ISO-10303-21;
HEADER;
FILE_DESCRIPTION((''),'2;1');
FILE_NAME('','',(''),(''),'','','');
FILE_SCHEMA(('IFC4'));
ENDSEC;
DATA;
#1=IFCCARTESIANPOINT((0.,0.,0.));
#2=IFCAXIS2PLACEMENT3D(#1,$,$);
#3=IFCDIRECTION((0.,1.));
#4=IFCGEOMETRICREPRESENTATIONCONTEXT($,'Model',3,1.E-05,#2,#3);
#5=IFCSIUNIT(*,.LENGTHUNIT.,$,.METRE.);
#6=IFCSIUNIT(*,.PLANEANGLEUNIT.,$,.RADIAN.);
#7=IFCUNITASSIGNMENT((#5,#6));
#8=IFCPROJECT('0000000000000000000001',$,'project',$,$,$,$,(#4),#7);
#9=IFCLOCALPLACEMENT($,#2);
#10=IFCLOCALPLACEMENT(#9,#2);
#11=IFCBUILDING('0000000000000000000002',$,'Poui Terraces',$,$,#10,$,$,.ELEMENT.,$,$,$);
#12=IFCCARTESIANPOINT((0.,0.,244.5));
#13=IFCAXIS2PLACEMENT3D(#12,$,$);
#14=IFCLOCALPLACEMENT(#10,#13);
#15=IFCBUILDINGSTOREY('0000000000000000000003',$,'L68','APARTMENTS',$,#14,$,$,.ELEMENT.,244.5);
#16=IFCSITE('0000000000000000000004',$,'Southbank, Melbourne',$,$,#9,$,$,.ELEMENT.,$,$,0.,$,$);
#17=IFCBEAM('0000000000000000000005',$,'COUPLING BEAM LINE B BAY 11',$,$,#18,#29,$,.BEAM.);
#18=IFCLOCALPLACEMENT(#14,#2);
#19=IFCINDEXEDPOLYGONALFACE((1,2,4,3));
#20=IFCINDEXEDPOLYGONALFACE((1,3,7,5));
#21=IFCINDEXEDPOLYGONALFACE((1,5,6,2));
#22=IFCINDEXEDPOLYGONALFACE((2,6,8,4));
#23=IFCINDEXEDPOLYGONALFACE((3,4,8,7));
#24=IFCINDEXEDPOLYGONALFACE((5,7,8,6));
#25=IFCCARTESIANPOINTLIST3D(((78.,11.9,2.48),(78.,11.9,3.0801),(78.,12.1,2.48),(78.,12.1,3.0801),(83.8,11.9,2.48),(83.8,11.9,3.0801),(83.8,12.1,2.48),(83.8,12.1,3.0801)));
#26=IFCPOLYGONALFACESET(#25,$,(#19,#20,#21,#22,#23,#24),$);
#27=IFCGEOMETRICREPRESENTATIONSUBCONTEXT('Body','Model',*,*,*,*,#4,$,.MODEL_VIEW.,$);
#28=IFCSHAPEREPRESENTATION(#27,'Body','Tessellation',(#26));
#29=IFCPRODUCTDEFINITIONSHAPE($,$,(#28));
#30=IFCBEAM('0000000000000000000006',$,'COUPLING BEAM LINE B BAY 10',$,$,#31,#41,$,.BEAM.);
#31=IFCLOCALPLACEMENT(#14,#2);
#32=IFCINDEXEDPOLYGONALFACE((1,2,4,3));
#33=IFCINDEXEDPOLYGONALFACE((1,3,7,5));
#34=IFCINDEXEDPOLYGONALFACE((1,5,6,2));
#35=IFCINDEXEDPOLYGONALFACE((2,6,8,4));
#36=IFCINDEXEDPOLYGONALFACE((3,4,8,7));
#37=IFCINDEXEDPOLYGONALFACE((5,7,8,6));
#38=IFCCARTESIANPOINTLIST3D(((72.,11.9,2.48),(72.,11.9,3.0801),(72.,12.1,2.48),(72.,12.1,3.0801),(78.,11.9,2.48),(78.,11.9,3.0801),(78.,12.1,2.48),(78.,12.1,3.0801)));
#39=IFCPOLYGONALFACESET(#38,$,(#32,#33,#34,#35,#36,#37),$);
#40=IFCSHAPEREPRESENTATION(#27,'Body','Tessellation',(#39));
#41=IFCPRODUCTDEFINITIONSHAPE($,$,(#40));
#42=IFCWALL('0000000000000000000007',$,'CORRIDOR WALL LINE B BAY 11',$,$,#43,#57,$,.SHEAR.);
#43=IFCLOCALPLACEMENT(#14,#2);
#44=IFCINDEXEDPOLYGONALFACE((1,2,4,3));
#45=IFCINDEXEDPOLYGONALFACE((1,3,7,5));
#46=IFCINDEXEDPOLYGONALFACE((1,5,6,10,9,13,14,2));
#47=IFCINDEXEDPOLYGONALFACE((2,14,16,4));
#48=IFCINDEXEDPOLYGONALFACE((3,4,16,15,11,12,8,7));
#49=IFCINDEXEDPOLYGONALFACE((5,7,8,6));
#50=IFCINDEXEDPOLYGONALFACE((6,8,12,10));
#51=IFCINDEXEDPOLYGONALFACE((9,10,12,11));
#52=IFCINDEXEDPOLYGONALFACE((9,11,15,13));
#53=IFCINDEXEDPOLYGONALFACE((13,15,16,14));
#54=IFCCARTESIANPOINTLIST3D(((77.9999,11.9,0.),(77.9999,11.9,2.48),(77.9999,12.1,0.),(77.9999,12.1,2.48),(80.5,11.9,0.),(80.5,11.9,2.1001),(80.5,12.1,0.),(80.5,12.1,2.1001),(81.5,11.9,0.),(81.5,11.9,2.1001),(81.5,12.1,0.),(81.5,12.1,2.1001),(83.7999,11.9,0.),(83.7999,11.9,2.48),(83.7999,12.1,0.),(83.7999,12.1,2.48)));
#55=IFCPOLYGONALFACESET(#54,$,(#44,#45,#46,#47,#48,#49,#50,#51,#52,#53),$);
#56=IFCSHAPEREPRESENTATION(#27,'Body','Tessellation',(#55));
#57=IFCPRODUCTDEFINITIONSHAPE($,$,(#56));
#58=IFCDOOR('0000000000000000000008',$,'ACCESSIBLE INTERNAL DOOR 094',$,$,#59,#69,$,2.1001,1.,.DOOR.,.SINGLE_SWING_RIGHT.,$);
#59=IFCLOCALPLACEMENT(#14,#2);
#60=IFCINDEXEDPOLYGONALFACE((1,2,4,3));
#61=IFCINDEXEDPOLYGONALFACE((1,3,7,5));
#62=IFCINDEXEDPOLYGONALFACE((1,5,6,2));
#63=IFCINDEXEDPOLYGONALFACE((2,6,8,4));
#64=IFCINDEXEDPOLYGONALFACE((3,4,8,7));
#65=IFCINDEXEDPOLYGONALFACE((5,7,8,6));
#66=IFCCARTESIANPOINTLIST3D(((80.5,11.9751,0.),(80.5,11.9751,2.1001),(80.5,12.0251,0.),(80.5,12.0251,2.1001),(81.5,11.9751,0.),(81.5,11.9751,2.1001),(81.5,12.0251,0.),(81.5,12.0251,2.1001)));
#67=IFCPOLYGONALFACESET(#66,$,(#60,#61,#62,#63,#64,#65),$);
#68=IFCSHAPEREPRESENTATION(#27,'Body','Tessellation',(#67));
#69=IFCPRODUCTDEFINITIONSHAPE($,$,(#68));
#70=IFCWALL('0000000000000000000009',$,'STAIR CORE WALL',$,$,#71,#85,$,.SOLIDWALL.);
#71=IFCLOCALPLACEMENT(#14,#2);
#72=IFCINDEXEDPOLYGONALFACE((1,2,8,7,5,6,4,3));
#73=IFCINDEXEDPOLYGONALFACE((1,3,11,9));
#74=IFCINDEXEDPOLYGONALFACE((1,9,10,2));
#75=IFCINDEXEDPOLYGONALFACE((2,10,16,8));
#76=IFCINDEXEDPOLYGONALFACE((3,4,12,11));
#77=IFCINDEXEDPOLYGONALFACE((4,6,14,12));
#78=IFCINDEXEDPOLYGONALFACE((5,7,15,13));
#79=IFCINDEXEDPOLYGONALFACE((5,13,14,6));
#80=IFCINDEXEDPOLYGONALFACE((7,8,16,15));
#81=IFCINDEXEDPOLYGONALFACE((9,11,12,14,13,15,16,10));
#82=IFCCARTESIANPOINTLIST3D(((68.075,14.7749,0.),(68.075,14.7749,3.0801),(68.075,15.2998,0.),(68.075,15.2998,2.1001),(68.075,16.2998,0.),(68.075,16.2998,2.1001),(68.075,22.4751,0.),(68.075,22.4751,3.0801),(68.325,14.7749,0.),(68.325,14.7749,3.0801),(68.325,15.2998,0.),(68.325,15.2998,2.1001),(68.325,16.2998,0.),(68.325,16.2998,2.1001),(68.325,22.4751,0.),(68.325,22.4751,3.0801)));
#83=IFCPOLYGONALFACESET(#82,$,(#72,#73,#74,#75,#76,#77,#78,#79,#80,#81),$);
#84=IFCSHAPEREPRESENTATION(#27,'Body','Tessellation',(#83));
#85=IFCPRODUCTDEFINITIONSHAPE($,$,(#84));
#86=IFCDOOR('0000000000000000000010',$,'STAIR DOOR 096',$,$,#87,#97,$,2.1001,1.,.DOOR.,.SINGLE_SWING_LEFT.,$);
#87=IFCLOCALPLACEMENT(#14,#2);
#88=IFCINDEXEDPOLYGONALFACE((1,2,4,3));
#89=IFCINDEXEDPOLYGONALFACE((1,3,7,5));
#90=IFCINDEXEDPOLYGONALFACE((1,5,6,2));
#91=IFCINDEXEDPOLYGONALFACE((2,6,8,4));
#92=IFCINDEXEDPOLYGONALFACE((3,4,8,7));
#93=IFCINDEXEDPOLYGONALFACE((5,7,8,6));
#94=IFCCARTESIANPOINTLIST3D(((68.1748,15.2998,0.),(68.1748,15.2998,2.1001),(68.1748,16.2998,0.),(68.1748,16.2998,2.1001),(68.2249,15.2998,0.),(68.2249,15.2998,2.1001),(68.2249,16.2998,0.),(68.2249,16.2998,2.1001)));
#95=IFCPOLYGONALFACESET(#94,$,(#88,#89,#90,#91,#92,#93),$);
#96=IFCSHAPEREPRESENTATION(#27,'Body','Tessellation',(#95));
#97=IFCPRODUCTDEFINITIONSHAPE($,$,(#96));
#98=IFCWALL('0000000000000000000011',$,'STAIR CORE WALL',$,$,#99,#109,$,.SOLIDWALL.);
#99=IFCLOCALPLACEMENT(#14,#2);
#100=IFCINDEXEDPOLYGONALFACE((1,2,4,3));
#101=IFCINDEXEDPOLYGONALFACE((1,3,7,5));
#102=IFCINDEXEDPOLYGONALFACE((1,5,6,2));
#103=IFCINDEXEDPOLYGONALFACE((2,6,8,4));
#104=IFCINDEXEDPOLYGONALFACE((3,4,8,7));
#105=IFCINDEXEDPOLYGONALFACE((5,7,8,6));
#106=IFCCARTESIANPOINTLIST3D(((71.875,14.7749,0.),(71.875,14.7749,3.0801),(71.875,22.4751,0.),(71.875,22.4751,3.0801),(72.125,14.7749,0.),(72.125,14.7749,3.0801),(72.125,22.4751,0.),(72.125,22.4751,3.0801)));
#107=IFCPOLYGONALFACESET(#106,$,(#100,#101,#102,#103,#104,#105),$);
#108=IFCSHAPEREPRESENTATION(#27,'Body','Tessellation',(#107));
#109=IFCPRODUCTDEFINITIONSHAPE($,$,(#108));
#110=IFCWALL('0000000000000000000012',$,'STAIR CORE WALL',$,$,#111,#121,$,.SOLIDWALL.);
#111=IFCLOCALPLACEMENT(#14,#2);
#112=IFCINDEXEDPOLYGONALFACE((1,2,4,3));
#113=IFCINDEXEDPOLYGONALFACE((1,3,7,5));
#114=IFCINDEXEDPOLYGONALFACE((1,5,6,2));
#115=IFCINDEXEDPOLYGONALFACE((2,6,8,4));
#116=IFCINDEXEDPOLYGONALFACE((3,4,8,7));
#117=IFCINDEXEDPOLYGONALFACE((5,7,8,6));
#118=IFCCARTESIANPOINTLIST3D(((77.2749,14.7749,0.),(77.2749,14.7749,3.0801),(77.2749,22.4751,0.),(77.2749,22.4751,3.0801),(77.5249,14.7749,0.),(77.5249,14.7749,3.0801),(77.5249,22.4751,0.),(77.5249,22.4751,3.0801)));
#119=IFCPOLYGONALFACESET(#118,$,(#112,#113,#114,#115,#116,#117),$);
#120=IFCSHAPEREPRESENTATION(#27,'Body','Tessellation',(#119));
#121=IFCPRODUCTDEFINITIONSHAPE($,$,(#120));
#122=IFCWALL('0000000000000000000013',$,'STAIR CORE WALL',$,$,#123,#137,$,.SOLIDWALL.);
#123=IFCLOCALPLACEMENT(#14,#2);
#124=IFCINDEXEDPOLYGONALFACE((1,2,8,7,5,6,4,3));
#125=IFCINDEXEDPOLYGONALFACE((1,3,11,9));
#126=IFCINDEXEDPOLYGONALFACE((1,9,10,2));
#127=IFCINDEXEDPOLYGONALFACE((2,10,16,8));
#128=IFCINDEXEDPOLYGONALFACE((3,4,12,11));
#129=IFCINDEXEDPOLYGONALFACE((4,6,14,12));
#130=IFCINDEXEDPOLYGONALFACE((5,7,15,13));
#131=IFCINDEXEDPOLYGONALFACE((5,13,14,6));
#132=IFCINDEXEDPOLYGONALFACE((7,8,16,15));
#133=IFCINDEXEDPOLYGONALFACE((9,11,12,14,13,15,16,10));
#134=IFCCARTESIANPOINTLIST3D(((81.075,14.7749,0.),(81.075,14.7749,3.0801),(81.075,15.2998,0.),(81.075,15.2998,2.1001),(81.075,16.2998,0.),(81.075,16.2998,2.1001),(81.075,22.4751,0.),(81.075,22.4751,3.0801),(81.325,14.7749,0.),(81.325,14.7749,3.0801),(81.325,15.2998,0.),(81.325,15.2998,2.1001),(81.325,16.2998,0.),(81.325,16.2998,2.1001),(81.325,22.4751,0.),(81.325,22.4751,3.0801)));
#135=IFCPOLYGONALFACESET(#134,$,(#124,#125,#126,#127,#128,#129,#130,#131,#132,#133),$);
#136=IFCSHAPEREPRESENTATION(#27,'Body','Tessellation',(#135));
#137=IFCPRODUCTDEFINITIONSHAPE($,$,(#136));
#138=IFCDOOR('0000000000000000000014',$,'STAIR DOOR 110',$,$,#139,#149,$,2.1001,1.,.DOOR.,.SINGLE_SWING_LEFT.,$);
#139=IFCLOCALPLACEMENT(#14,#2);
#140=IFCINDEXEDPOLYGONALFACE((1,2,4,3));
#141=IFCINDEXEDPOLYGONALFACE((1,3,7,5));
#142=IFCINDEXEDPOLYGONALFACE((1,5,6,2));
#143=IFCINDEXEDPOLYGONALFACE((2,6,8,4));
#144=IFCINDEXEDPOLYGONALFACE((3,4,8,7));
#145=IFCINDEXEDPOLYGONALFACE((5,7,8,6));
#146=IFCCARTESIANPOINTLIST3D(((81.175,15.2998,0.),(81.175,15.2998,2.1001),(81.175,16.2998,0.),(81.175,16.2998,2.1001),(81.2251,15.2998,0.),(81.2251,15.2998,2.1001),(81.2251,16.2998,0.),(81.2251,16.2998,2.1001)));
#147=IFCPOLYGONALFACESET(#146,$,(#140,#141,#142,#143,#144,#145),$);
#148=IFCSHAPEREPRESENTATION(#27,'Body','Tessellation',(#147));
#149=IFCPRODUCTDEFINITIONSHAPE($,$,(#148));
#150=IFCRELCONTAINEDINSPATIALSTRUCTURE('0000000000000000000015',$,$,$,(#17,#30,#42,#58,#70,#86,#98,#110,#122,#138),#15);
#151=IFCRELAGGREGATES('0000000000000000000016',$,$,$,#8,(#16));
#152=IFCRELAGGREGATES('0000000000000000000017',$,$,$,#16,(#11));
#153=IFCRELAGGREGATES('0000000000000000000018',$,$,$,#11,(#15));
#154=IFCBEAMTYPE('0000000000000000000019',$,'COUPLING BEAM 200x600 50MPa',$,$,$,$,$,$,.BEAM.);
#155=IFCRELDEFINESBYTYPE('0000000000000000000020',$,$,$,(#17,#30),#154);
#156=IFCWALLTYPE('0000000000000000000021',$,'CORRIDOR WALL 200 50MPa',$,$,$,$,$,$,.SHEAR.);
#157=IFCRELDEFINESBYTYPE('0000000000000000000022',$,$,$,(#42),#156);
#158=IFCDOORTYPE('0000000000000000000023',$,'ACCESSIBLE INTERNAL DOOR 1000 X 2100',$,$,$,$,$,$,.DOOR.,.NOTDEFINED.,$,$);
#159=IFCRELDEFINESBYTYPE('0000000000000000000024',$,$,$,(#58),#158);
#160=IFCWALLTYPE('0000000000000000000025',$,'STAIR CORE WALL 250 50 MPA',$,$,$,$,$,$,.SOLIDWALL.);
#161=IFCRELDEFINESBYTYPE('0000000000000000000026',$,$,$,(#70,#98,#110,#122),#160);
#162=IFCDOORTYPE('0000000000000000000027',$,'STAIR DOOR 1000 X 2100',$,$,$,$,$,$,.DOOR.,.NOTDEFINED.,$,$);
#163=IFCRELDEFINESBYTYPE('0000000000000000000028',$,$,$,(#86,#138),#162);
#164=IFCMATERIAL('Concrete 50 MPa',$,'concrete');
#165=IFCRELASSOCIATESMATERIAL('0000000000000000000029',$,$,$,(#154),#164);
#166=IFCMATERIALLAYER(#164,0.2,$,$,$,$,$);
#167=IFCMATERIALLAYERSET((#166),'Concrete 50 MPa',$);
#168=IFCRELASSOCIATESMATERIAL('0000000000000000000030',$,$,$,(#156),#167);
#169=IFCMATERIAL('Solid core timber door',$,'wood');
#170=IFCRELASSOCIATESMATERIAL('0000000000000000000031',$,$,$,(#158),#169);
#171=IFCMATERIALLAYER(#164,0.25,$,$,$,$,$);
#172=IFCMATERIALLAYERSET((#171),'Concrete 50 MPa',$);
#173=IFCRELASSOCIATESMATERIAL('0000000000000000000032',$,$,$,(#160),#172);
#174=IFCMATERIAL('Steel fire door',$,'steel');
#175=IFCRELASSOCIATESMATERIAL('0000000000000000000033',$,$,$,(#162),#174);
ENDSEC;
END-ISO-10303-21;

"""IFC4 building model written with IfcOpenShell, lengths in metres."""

from ifc_helpers import new_model, si_unit, direction, frame, frame_2d, origin, origin_2d, place, context, subcontext, project, spatial, rectangle, extrude, source, transform, mapped, material, layer, layer_set, material_profile, profile_set, type_object, element, fill, save


model = new_model("IFC4")

# Units and contexts
model_context = context("Model", 3, precision=1e-05, world=origin(), true_north=direction((0.0, 1.0)))
body_context = subcontext(model_context, "Body", "Model", "MODEL_VIEW")
ifc_project = project(units=[si_unit("LENGTHUNIT", "METRE"), si_unit("PLANEANGLEUNIT", "RADIAN")], contexts=[model_context])

# Site, building, storey
site_placement = place(None, origin())
site = spatial("IfcSite", under=ifc_project, at=site_placement, Name="Southbank, Melbourne", CompositionType="ELEMENT", RefElevation=0.0)
building_placement = place(site_placement, origin())
building = spatial("IfcBuilding", under=site, at=building_placement, Name="Poui Terraces", CompositionType="ELEMENT")
storey_placement = place(building_placement, frame((0.0, 0.0, 244.5)))
storey = spatial("IfcBuildingStorey", under=building, at=storey_placement, Name="L68", Description="APARTMENTS", CompositionType="ELEMENT", Elevation=244.5)

# Beams
ifc_material_1 = material(Name="Concrete 50 MPa", Category="concrete")
ifc_material_profile = material_profile(ifc_material_1, rectangle(XDim=0.2, YDim=0.6001, at=origin_2d()), Name="RC 200x600")
ifc_profile_set = profile_set([ifc_material_profile], Name="Concrete 50 MPa")
beam_type = type_object("IfcBeamType", Name="COUPLING BEAM 200x600 50MPa", PredefinedType="BEAM", material=ifc_profile_set)
shared_shape_1 = source(origin(), body_context, "Body", "SweptSolid", [
    extrude(rectangle(XDim=0.2, YDim=0.6001, at=origin_2d()), origin(), (0.0, 0.0, 1.0), 5.8),
])
beam_1_placement = place(storey_placement, frame((78.0, 12.0, 2.78), z_axis=(1.0, 0.0, 0.0), x_axis=(0.0, 1.0, 0.0)))
element("IfcBeam", 1, at=beam_1_placement, inside=storey, type_object=beam_type, Name="COUPLING BEAM LINE B BAY 11", PredefinedType="BEAM", context=body_context, shape_type="MappedRepresentation", body=[
    mapped(shared_shape_1, transform((0.0, 0.0, 0.0))),
])
shared_shape_2 = source(origin(), body_context, "Body", "SweptSolid", [
    extrude(rectangle(XDim=0.2, YDim=0.6001, at=origin_2d()), origin(), (0.0, 0.0, 1.0), 6.0),
])
beam_2_placement = place(storey_placement, frame((72.0, 12.0, 2.78), z_axis=(1.0, 0.0, 0.0), x_axis=(0.0, 1.0, 0.0)))
element("IfcBeam", 2, at=beam_2_placement, inside=storey, type_object=beam_type, Name="COUPLING BEAM LINE B BAY 10", PredefinedType="BEAM", context=body_context, shape_type="MappedRepresentation", body=[
    mapped(shared_shape_2, transform((0.0, 0.0, 0.0))),
])

# Walls, openings, doors
ifc_layer_1 = layer(ifc_material_1, 0.2)
ifc_layer_set_1 = layer_set([ifc_layer_1], Name="Concrete 50 MPa")
wall_type_1 = type_object("IfcWallType", Name="CORRIDOR WALL 200 50MPa", PredefinedType="SHEAR", material=ifc_layer_set_1)
wall_1_placement = place(storey_placement, frame((78.0, 12.0, 0.0), z_axis=(0.0, 0.0, 1.0), x_axis=(1.0, 0.0, 0.0)))
wall_1 = element("IfcWall", 3, at=wall_1_placement, inside=storey, type_object=wall_type_1, Name="CORRIDOR WALL LINE B BAY 11", PredefinedType="SHEAR", context=body_context, shape_type="SweptSolid", body=[
    extrude(rectangle(XDim=5.8, YDim=0.2, at=frame_2d((2.8999, 0.0))), origin(), (0.0, 0.0, 1.0), 2.48),
])
opening_1_placement = place(wall_1_placement, frame((2.5, 0.0, 0.0)))
opening_1 = element("IfcOpeningElement", 4, at=opening_1_placement, cuts=wall_1, PredefinedType="OPENING", context=body_context, shape_type="SweptSolid", body=[
    extrude(rectangle(XDim=1.0, YDim=2.1001, at=frame_2d((0.5, 1.05))), frame((0.0, 0.1099, 0.0), z_axis=(0.0, -1.0, 0.0), x_axis=(1.0, 0.0, 0.0)), (0.0, 0.0, 1.0), 0.22),
])
ifc_material_2 = material(Name="Solid core timber door", Category="wood")
door_type_1 = type_object("IfcDoorType", Name="ACCESSIBLE INTERNAL DOOR 1000 X 2100", OperationType="NOTDEFINED", PredefinedType="DOOR", material=ifc_material_2)
door_1_placement = place(opening_1_placement, frame((1.0, 0.0, 0.0), z_axis=(0.0, 0.0, 1.0), x_axis=(-1.0, 0.0, 0.0)))
door_1 = element("IfcDoor", 5, at=door_1_placement, inside=storey, type_object=door_type_1, Name="ACCESSIBLE INTERNAL DOOR 094", OperationType="SINGLE_SWING_RIGHT", OverallHeight=2.1001, OverallWidth=1.0, PredefinedType="DOOR", context=body_context, shape_type="SweptSolid", body=[
    extrude(rectangle(XDim=1.0, YDim=2.1001, at=frame_2d((0.5, 1.05))), frame((0.0, 0.0249, 0.0), z_axis=(0.0, -1.0, 0.0), x_axis=(1.0, 0.0, 0.0)), (0.0, 0.0, 1.0), 0.05),
])
fill(opening_1, door_1)
ifc_layer_2 = layer(ifc_material_1, 0.25)
ifc_layer_set_2 = layer_set([ifc_layer_2], Name="Concrete 50 MPa")
wall_type_2 = type_object("IfcWallType", Name="STAIR CORE WALL 250 50 MPA", PredefinedType="SOLIDWALL", material=ifc_layer_set_2)
wall_2_placement = place(storey_placement, frame((68.2, 14.7749, 0.0), z_axis=(0.0, 0.0, 1.0), x_axis=(0.0, 1.0, 0.0)))
wall_2 = element("IfcWall", 6, at=wall_2_placement, inside=storey, type_object=wall_type_2, Name="STAIR CORE WALL", PredefinedType="SOLIDWALL", context=body_context, shape_type="SweptSolid", body=[
    extrude(rectangle(XDim=7.7002, YDim=0.25, at=frame_2d((3.8501, 0.0))), origin(), (0.0, 0.0, 1.0), 3.0801),
])
opening_2_placement = place(wall_2_placement, frame((0.5249, 0.0, 0.0)))
opening_2 = element("IfcOpeningElement", 7, at=opening_2_placement, cuts=wall_2, PredefinedType="OPENING", context=body_context, shape_type="SweptSolid", body=[
    extrude(rectangle(XDim=1.0, YDim=2.1001, at=frame_2d((0.5, 1.05))), frame((0.0, 0.135, 0.0), z_axis=(0.0, -1.0, 0.0), x_axis=(1.0, 0.0, 0.0)), (0.0, 0.0, 1.0), 0.27),
])
ifc_material_3 = material(Name="Steel fire door", Category="steel")
door_type_2 = type_object("IfcDoorType", Name="STAIR DOOR 1000 X 2100", OperationType="NOTDEFINED", PredefinedType="DOOR", material=ifc_material_3)
door_2_placement = place(opening_2_placement, frame((1.0, 0.0, 0.0), z_axis=(0.0, 0.0, 1.0), x_axis=(-1.0, 0.0, 0.0)))
door_2 = element("IfcDoor", 8, at=door_2_placement, inside=storey, type_object=door_type_2, Name="STAIR DOOR 096", OperationType="SINGLE_SWING_LEFT", OverallHeight=2.1001, OverallWidth=1.0, PredefinedType="DOOR", context=body_context, shape_type="SweptSolid", body=[
    extrude(rectangle(XDim=1.0, YDim=2.1001, at=frame_2d((0.5, 1.05))), frame((0.0, 0.0249, 0.0), z_axis=(0.0, -1.0, 0.0), x_axis=(1.0, 0.0, 0.0)), (0.0, 0.0, 1.0), 0.05),
])
fill(opening_2, door_2)

# Walls
for number, where, z_axis, x_axis, name in (
    (9, (72.0, 14.7749, 0.0), (0.0, 0.0, 1.0), (0.0, 1.0, 0.0), "STAIR CORE WALL"),
    (10, (77.3999, 14.7749, 0.0), (0.0, 0.0, 1.0), (0.0, 1.0, 0.0), "STAIR CORE WALL"),
):
    element("IfcWall", number, at=place(storey_placement, frame(where, z_axis=z_axis, x_axis=x_axis)), inside=storey, type_object=wall_type_2, Name=name, PredefinedType="SOLIDWALL", context=body_context, shape_type="SweptSolid", body=[
        extrude(rectangle(XDim=7.7002, YDim=0.25, at=frame_2d((3.8501, 0.0))), origin(), (0.0, 0.0, 1.0), 3.0801),
    ])

# Wall, opening, door
wall_3_placement = place(storey_placement, frame((81.2, 14.7749, 0.0), z_axis=(0.0, 0.0, 1.0), x_axis=(0.0, 1.0, 0.0)))
wall_3 = element("IfcWall", 11, at=wall_3_placement, inside=storey, type_object=wall_type_2, Name="STAIR CORE WALL", PredefinedType="SOLIDWALL", context=body_context, shape_type="SweptSolid", body=[
    extrude(rectangle(XDim=7.7002, YDim=0.25, at=frame_2d((3.8501, 0.0))), origin(), (0.0, 0.0, 1.0), 3.0801),
])
opening_3_placement = place(wall_3_placement, frame((0.5249, 0.0, 0.0)))
opening_3 = element("IfcOpeningElement", 12, at=opening_3_placement, cuts=wall_3, PredefinedType="OPENING", context=body_context, shape_type="SweptSolid", body=[
    extrude(rectangle(XDim=1.0, YDim=2.1001, at=frame_2d((0.5, 1.05))), frame((0.0, 0.135, 0.0), z_axis=(0.0, -1.0, 0.0), x_axis=(1.0, 0.0, 0.0)), (0.0, 0.0, 1.0), 0.27),
])
door_3_placement = place(opening_3_placement, origin())
door_3 = element("IfcDoor", 13, at=door_3_placement, inside=storey, type_object=door_type_2, Name="STAIR DOOR 110", OperationType="SINGLE_SWING_LEFT", OverallHeight=2.1001, OverallWidth=1.0, PredefinedType="DOOR", context=body_context, shape_type="SweptSolid", body=[
    extrude(rectangle(XDim=1.0, YDim=2.1001, at=frame_2d((0.5, 1.05))), frame((0.0, 0.0249, 0.0), z_axis=(0.0, -1.0, 0.0), x_axis=(1.0, 0.0, 0.0)), (0.0, 0.0, 1.0), 0.05),
])
fill(opening_3, door_3)

save(model, "model.ifc")
